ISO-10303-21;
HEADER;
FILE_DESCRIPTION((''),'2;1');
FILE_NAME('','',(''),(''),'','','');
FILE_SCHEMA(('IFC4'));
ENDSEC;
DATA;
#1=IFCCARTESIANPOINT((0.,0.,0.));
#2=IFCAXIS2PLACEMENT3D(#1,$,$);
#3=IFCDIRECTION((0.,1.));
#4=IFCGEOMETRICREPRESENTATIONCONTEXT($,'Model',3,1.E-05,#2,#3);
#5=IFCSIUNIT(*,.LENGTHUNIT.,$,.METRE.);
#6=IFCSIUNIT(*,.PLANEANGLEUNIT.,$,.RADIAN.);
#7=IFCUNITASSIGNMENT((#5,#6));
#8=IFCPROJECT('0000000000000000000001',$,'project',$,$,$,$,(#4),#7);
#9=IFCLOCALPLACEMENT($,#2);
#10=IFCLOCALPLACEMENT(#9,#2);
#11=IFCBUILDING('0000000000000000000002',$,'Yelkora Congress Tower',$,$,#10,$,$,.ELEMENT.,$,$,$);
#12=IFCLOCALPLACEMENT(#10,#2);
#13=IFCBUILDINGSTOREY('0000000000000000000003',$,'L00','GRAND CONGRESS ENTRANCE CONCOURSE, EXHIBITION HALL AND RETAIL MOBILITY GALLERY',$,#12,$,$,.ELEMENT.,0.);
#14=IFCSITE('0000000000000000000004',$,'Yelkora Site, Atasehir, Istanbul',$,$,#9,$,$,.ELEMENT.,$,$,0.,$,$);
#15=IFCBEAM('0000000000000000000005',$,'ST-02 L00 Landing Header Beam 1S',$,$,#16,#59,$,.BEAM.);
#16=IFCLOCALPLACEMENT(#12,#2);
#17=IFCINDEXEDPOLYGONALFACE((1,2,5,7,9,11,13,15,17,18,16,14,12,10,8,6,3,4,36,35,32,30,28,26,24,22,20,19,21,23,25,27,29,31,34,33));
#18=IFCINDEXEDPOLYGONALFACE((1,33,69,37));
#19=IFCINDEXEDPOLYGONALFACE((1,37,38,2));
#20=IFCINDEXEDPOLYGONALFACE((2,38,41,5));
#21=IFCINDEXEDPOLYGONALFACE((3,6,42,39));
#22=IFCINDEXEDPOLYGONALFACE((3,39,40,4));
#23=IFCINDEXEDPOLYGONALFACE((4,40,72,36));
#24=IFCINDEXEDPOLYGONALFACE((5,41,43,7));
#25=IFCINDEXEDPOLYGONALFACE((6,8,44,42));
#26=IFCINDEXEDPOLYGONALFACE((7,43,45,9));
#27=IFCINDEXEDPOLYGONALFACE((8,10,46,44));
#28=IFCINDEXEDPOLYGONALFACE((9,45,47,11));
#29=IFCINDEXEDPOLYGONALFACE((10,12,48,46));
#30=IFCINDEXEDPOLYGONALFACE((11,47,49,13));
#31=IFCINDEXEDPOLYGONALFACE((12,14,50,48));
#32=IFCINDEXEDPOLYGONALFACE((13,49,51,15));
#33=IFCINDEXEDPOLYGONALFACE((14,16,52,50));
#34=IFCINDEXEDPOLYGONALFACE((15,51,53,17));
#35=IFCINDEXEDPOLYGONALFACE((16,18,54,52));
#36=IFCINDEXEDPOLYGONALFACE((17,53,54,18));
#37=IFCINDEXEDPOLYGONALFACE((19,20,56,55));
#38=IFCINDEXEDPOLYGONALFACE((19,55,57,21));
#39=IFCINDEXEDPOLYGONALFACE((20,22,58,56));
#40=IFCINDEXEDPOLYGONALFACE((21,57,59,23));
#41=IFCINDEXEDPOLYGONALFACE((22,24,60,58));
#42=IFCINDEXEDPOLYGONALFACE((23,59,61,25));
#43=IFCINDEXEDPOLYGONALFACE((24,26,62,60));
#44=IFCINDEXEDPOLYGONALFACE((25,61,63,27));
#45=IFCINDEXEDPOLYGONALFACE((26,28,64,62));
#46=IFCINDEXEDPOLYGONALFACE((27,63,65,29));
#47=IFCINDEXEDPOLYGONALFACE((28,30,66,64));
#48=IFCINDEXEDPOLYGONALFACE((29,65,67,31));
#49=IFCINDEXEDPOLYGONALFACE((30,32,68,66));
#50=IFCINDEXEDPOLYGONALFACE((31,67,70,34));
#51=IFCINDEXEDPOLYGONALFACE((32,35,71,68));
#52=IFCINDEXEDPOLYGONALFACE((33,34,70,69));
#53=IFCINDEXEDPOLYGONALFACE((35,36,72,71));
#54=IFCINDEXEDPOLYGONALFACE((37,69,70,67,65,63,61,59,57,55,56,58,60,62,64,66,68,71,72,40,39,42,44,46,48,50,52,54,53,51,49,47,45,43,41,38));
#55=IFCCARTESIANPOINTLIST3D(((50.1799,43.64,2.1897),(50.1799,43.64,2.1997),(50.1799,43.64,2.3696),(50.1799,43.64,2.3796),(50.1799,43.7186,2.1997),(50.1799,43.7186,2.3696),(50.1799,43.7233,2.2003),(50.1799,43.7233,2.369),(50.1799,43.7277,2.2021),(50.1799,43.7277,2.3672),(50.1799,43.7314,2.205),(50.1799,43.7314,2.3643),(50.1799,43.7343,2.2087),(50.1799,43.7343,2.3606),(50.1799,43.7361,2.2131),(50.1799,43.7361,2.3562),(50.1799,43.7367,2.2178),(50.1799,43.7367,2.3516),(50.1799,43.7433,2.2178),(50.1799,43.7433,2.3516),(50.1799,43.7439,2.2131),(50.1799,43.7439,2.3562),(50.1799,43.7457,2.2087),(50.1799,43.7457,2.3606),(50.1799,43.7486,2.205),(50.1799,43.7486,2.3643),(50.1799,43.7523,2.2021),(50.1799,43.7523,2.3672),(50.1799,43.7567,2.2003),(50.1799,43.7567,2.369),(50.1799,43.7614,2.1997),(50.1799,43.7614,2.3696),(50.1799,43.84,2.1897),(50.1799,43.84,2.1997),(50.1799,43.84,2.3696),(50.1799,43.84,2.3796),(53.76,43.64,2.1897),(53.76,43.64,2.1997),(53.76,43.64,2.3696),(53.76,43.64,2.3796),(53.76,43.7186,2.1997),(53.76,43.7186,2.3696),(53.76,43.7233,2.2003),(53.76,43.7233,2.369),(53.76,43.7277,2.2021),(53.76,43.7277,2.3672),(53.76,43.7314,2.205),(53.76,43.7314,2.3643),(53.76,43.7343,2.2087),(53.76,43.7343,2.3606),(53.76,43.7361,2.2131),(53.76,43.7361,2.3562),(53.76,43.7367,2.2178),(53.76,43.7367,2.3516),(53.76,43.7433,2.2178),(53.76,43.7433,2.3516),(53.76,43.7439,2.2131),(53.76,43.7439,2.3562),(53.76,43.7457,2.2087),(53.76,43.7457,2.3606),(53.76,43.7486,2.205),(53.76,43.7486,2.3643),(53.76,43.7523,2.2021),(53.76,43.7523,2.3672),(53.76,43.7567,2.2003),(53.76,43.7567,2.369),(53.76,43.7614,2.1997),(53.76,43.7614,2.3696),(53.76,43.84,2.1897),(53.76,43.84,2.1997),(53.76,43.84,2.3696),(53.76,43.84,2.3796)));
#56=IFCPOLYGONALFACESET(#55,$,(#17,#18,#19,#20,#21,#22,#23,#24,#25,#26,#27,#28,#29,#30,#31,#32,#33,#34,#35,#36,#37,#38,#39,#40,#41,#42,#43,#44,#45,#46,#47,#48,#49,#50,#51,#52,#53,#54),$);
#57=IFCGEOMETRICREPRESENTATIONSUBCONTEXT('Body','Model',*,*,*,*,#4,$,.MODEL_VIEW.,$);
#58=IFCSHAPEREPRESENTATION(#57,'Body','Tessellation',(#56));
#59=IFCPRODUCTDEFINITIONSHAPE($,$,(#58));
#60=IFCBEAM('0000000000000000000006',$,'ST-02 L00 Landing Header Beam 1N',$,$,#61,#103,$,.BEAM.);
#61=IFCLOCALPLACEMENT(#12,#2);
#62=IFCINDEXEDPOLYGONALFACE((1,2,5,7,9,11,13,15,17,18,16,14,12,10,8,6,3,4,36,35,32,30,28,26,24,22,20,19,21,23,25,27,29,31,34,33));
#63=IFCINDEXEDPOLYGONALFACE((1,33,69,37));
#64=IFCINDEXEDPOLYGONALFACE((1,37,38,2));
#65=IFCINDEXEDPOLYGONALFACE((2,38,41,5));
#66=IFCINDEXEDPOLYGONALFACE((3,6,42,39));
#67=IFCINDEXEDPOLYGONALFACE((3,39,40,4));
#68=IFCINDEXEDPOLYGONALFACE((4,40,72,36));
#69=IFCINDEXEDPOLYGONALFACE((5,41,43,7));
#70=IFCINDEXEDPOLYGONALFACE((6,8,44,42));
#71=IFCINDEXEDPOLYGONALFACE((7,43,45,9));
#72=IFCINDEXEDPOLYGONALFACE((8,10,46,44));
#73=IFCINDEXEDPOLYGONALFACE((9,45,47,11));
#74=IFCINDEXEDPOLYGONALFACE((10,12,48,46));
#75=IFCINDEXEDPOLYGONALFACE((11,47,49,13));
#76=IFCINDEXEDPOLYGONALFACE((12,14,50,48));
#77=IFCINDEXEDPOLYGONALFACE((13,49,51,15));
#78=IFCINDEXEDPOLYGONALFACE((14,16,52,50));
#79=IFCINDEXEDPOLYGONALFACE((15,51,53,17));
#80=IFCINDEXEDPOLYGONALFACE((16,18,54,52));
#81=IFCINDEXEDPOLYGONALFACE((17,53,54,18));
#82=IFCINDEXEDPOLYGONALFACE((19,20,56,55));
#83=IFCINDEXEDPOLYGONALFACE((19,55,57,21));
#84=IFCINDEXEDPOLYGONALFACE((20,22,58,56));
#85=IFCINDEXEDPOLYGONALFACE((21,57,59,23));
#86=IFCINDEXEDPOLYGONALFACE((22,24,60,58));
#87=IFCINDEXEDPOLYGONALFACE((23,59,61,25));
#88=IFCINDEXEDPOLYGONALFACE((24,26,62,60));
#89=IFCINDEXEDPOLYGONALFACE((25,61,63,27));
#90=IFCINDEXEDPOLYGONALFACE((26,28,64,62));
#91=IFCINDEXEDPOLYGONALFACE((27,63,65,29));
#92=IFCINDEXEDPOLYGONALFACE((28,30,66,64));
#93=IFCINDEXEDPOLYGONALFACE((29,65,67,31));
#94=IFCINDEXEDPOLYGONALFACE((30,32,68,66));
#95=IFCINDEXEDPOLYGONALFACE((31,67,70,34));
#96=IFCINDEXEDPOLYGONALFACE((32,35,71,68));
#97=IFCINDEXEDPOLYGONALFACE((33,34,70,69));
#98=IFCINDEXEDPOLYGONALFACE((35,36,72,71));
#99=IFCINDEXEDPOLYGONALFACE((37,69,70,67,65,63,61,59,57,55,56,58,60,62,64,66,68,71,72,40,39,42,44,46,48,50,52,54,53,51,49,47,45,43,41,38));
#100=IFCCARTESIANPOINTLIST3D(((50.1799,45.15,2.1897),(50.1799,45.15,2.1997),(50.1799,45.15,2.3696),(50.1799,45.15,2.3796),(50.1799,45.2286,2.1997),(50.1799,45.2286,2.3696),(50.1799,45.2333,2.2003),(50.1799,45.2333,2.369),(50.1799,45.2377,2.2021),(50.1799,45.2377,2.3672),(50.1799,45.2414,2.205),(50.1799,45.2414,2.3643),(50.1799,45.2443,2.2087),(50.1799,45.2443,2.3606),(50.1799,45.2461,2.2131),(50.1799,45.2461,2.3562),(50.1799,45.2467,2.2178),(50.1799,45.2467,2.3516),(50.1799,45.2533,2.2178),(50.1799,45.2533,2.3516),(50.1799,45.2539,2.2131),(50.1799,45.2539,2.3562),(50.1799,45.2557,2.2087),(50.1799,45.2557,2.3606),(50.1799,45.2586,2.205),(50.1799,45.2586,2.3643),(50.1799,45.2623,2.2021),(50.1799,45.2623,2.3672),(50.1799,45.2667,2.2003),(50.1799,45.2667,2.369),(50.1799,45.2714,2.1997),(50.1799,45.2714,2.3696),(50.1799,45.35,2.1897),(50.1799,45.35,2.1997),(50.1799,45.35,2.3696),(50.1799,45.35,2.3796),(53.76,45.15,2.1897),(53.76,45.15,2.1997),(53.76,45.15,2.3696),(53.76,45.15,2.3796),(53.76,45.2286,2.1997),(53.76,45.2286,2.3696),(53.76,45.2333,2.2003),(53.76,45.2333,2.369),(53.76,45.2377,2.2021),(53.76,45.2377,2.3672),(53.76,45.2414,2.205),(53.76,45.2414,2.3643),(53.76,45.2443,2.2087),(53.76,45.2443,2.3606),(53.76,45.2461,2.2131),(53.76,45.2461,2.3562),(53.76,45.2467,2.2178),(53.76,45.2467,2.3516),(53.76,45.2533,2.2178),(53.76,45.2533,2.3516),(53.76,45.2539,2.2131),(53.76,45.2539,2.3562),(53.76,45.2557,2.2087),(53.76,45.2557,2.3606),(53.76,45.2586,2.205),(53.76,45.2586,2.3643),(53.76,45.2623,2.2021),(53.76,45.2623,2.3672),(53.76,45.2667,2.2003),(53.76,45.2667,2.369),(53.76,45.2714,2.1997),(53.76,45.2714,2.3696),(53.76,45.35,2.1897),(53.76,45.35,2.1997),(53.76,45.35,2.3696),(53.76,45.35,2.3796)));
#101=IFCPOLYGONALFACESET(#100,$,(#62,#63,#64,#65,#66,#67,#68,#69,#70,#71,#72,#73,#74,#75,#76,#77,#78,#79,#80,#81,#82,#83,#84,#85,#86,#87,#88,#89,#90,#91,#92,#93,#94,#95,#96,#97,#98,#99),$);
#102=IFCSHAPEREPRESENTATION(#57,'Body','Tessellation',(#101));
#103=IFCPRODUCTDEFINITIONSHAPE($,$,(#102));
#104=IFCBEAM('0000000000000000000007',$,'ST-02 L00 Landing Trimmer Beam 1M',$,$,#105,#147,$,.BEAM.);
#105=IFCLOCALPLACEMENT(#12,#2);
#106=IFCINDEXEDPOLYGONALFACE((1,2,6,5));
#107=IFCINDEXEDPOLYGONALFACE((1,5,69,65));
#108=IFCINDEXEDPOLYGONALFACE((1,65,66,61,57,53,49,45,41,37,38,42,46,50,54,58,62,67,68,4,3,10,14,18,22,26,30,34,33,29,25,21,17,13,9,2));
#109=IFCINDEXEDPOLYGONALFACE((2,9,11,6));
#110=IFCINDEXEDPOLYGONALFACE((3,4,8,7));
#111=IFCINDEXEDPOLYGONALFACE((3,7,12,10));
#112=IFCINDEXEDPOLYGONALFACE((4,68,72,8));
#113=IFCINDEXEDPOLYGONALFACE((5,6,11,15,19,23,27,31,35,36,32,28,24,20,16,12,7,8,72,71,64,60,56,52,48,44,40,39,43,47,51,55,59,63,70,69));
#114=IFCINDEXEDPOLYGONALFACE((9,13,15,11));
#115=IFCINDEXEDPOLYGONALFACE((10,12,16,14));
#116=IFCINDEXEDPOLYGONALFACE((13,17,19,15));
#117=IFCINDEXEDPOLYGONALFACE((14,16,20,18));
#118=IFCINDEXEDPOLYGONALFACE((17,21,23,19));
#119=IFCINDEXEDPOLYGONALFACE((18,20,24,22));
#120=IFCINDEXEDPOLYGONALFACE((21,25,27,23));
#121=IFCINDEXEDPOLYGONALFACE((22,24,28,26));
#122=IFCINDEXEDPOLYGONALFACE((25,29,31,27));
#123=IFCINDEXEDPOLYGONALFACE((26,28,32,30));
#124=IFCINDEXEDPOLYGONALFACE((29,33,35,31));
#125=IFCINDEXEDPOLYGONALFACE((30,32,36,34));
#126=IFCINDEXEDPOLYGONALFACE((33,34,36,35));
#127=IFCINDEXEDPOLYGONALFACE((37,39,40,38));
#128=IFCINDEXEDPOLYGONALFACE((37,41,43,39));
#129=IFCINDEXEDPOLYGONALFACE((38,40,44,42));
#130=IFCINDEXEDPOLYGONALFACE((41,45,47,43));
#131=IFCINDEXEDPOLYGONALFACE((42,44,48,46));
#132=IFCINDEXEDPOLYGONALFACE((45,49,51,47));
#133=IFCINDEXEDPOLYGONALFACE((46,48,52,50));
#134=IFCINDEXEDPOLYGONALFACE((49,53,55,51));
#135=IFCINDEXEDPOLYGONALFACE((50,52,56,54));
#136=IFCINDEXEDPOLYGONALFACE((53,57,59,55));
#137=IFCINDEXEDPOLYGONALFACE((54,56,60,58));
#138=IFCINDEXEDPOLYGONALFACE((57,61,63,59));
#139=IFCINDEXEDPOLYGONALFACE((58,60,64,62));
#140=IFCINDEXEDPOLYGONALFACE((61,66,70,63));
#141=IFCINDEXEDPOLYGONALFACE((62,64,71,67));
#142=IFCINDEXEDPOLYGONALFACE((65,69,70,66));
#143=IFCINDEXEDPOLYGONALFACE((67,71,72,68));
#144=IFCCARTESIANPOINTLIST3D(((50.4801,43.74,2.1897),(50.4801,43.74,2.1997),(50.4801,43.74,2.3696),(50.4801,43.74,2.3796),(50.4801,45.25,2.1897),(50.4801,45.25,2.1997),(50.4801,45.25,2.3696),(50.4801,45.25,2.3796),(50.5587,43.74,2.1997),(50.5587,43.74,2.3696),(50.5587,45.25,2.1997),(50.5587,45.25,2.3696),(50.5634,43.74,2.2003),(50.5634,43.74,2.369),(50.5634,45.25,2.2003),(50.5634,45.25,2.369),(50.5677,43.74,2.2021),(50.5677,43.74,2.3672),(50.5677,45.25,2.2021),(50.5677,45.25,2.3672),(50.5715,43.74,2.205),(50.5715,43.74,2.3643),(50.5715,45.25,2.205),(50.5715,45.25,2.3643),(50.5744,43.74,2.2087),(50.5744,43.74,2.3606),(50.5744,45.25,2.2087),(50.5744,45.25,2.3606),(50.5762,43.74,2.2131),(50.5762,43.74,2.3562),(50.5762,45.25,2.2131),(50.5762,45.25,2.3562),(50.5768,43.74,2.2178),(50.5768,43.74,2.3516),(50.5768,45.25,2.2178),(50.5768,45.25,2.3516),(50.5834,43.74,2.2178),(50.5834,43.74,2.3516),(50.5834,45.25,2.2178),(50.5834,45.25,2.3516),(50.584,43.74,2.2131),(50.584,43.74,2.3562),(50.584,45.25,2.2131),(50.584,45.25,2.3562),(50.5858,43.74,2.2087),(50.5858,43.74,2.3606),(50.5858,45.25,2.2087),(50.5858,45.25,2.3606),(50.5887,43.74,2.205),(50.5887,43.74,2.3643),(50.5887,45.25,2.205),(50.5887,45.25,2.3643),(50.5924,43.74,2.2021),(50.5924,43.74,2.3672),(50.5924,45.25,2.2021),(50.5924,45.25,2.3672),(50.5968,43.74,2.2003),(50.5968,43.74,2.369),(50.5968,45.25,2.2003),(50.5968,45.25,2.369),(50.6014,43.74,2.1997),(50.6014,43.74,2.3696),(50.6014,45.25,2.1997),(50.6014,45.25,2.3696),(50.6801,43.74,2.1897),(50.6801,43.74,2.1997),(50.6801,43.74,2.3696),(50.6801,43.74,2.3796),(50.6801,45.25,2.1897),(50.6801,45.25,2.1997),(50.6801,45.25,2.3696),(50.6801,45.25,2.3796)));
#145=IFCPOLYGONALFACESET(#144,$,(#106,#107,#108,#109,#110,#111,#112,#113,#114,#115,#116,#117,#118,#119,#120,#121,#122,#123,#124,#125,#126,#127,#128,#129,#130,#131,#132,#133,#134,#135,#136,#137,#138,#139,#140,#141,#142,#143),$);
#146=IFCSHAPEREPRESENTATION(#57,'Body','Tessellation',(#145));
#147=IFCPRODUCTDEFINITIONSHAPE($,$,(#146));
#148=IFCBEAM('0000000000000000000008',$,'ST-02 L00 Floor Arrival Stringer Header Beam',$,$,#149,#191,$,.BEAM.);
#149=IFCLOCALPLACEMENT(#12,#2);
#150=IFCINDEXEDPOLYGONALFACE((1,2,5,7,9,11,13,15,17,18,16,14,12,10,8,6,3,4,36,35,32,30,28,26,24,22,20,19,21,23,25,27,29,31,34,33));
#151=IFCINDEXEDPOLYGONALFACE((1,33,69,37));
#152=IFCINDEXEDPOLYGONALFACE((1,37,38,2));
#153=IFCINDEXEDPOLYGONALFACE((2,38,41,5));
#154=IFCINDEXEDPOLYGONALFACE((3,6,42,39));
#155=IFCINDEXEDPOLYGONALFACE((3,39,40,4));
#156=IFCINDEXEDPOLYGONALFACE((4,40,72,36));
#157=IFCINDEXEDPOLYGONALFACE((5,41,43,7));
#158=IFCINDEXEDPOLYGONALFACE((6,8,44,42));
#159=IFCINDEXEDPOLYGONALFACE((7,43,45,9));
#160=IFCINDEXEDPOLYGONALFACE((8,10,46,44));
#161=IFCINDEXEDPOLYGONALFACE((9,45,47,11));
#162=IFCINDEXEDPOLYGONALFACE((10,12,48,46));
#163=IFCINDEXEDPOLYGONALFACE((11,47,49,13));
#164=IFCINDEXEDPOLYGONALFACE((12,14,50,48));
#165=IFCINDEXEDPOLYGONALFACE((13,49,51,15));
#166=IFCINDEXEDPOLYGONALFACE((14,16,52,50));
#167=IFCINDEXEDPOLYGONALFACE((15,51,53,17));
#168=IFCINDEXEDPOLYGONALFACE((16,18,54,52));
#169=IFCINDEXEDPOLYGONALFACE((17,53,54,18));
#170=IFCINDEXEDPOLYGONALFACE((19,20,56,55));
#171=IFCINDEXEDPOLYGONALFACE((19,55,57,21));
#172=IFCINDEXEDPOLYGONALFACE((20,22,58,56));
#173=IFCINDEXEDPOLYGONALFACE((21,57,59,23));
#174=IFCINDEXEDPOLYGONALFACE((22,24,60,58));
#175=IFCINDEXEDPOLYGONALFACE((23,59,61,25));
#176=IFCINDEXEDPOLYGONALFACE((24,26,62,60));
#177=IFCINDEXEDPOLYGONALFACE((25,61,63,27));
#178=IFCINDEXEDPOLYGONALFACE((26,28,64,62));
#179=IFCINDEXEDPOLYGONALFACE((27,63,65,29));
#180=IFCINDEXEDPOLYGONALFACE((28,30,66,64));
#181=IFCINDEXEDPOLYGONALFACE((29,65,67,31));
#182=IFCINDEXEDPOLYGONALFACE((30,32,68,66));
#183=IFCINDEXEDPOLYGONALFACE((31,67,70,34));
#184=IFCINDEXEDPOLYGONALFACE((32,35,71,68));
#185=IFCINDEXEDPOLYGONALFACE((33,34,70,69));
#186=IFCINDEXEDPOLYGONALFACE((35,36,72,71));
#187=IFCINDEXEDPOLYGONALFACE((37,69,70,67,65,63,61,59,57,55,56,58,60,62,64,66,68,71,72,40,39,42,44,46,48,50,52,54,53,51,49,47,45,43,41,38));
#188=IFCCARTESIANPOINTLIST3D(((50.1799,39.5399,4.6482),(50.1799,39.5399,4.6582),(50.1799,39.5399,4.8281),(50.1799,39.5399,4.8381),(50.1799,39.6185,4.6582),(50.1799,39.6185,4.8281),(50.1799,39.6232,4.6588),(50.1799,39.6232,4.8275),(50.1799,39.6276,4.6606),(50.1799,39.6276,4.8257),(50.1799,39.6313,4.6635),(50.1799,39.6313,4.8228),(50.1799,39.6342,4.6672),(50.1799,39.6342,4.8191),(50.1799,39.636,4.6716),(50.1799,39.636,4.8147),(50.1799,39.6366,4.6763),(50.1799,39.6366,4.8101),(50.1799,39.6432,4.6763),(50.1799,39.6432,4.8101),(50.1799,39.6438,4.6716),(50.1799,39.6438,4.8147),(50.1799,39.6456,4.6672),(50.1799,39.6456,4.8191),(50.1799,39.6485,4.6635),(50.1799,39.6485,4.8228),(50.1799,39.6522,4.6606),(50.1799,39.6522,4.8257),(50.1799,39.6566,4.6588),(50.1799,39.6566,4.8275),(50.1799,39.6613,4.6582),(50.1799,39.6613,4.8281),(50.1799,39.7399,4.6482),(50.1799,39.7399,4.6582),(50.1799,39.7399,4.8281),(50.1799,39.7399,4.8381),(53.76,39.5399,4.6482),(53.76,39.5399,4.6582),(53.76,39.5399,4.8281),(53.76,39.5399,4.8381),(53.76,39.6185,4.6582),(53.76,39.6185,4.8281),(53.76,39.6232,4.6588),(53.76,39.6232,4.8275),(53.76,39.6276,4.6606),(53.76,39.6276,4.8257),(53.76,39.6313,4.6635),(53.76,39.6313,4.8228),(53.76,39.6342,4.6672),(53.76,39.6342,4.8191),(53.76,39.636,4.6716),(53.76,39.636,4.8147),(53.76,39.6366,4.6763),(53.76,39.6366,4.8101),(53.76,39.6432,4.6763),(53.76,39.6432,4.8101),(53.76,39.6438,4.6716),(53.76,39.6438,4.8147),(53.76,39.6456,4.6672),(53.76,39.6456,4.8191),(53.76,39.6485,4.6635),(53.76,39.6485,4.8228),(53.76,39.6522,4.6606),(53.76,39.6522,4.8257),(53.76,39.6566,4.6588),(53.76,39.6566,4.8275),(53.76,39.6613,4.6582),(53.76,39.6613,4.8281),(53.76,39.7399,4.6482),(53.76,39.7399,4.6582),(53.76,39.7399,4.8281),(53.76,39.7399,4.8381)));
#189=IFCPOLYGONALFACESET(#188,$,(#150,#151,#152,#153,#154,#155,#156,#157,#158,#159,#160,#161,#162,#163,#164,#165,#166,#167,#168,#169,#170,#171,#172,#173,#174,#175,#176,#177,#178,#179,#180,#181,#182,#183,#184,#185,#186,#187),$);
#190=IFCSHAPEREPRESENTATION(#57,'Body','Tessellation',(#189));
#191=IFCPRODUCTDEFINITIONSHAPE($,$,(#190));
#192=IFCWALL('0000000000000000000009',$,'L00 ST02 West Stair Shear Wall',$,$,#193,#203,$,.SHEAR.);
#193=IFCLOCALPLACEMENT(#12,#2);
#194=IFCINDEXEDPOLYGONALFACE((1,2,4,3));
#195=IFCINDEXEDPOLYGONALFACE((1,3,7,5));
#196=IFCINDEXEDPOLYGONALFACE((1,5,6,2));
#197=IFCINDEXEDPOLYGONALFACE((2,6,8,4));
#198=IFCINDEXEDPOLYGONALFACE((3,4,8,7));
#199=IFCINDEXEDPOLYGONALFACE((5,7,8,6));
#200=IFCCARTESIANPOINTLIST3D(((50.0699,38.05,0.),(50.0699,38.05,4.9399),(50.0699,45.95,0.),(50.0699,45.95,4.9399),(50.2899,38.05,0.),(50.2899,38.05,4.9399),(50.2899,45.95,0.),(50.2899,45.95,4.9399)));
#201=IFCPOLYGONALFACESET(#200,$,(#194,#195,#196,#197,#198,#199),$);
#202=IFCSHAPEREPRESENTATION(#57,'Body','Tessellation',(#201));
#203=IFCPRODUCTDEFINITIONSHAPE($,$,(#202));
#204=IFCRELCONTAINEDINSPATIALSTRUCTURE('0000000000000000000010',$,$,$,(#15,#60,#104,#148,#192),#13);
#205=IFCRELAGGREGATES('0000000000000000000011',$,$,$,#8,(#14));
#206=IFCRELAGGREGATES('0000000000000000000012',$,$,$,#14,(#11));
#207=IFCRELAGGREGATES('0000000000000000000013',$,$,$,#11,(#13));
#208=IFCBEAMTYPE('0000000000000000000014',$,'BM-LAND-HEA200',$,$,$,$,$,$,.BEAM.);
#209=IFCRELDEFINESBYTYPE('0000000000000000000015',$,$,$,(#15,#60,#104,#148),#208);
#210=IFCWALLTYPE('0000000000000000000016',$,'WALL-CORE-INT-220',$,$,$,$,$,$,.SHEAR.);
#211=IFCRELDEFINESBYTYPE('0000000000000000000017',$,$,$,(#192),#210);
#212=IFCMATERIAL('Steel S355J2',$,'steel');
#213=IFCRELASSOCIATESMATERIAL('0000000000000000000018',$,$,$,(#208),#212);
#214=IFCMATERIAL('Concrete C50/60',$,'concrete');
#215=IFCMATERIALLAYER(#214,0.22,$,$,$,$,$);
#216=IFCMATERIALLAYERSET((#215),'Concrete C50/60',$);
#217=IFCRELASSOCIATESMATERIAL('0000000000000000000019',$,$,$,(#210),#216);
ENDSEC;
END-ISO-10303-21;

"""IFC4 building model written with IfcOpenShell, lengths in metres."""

from ifc_helpers import new_model, si_unit, direction, frame, frame_2d, origin, origin_2d, place, context, subcontext, project, spatial, rectangle, i_section, extrude, material, layer, layer_set, material_profile, profile_set, type_object, element, save


model = new_model("IFC4")

# Units and contexts
model_context = context("Model", 3, precision=1e-05, world=origin(), true_north=direction((0.0, 1.0)))
body_context = subcontext(model_context, "Body", "Model", "MODEL_VIEW")
ifc_project = project(units=[si_unit("LENGTHUNIT", "METRE"), si_unit("PLANEANGLEUNIT", "RADIAN")], contexts=[model_context])

# Site, building, storey
site_placement = place(None, origin())
site = spatial("IfcSite", under=ifc_project, at=site_placement, Name="Yelkora Site, Atasehir, Istanbul", CompositionType="ELEMENT", RefElevation=0.0)
building_placement = place(site_placement, origin())
building = spatial("IfcBuilding", under=site, at=building_placement, Name="Yelkora Congress Tower", CompositionType="ELEMENT")
storey_placement = place(building_placement, origin())
storey = spatial("IfcBuildingStorey", under=building, at=storey_placement, Name="L00", Description="GRAND CONGRESS ENTRANCE CONCOURSE, EXHIBITION HALL AND RETAIL MOBILITY GALLERY", CompositionType="ELEMENT", Elevation=0.0)

# Beams
ifc_material_1 = material(Name="Steel S355J2", Category="steel")
ifc_material_profile = material_profile(ifc_material_1, i_section(OverallWidth=0.2, OverallDepth=0.1899, WebThickness=0.0066, FlangeThickness=0.01, FilletRadius=0.0181, at=origin_2d()), Name="HEA 200")
ifc_profile_set = profile_set([ifc_material_profile], Name="Steel S355J2")
beam_type = type_object("IfcBeamType", Name="BM-LAND-HEA200", PredefinedType="BEAM", material=ifc_profile_set)
for number, where, z_axis, x_axis, name in (
    (1, (50.1799, 43.74, 2.2847), (1.0, 0.0, 0.0), (0.0, 1.0, 0.0), "ST-02 L00 Landing Header Beam 1S"),
    (2, (50.1799, 45.25, 2.2847), (1.0, 0.0, 0.0), (0.0, 1.0, 0.0), "ST-02 L00 Landing Header Beam 1N"),
):
    element("IfcBeam", number, at=place(storey_placement, frame(where, z_axis=z_axis, x_axis=x_axis)), inside=storey, type_object=beam_type, Name=name, PredefinedType="BEAM", context=body_context, shape_type="SweptSolid", body=[
        extrude(i_section(OverallWidth=0.2, OverallDepth=0.1899, WebThickness=0.0066, FlangeThickness=0.01, FilletRadius=0.0181, at=origin_2d()), origin(), (0.0, 0.0, 1.0), 3.5801),
    ])
beam_1_placement = place(storey_placement, frame((50.5801, 43.74, 2.2847), z_axis=(0.0, 1.0, 0.0), x_axis=(-1.0, 0.0, 0.0)))
element("IfcBeam", 3, at=beam_1_placement, inside=storey, type_object=beam_type, Name="ST-02 L00 Landing Trimmer Beam 1M", PredefinedType="BEAM", context=body_context, shape_type="SweptSolid", body=[
    extrude(i_section(OverallWidth=0.2, OverallDepth=0.1899, WebThickness=0.0066, FlangeThickness=0.01, FilletRadius=0.0181, at=origin_2d()), origin(), (0.0, 0.0, 1.0), 1.51),
])
beam_2_placement = place(storey_placement, frame((50.1799, 39.6399, 4.7432), z_axis=(1.0, 0.0, 0.0), x_axis=(0.0, 1.0, 0.0)))
element("IfcBeam", 4, at=beam_2_placement, inside=storey, type_object=beam_type, Name="ST-02 L00 Floor Arrival Stringer Header Beam", PredefinedType="BEAM", context=body_context, shape_type="SweptSolid", body=[
    extrude(i_section(OverallWidth=0.2, OverallDepth=0.1899, WebThickness=0.0066, FlangeThickness=0.01, FilletRadius=0.0181, at=origin_2d()), origin(), (0.0, 0.0, 1.0), 3.5801),
])

# Wall
ifc_material_2 = material(Name="Concrete C50/60", Category="concrete")
ifc_layer_1 = layer(ifc_material_2, 0.22)
ifc_layer_set_1 = layer_set([ifc_layer_1], Name="Concrete C50/60")
wall_type_1 = type_object("IfcWallType", Name="WALL-CORE-INT-220", PredefinedType="SHEAR", material=ifc_layer_set_1)
wall_1_placement = place(storey_placement, frame((50.1799, 38.05, 0.0), z_axis=(0.0, 0.0, 1.0), x_axis=(0.0, 1.0, 0.0)))
element("IfcWall", 5, at=wall_1_placement, inside=storey, type_object=wall_type_1, Name="L00 ST02 West Stair Shear Wall", PredefinedType="SHEAR", context=body_context, shape_type="SweptSolid", body=[
    extrude(rectangle(XDim=7.8999, YDim=0.22, at=frame_2d((3.95, 0.0))), origin(), (0.0, 0.0, 1.0), 4.9399),
])

save(model, "model.ifc")
